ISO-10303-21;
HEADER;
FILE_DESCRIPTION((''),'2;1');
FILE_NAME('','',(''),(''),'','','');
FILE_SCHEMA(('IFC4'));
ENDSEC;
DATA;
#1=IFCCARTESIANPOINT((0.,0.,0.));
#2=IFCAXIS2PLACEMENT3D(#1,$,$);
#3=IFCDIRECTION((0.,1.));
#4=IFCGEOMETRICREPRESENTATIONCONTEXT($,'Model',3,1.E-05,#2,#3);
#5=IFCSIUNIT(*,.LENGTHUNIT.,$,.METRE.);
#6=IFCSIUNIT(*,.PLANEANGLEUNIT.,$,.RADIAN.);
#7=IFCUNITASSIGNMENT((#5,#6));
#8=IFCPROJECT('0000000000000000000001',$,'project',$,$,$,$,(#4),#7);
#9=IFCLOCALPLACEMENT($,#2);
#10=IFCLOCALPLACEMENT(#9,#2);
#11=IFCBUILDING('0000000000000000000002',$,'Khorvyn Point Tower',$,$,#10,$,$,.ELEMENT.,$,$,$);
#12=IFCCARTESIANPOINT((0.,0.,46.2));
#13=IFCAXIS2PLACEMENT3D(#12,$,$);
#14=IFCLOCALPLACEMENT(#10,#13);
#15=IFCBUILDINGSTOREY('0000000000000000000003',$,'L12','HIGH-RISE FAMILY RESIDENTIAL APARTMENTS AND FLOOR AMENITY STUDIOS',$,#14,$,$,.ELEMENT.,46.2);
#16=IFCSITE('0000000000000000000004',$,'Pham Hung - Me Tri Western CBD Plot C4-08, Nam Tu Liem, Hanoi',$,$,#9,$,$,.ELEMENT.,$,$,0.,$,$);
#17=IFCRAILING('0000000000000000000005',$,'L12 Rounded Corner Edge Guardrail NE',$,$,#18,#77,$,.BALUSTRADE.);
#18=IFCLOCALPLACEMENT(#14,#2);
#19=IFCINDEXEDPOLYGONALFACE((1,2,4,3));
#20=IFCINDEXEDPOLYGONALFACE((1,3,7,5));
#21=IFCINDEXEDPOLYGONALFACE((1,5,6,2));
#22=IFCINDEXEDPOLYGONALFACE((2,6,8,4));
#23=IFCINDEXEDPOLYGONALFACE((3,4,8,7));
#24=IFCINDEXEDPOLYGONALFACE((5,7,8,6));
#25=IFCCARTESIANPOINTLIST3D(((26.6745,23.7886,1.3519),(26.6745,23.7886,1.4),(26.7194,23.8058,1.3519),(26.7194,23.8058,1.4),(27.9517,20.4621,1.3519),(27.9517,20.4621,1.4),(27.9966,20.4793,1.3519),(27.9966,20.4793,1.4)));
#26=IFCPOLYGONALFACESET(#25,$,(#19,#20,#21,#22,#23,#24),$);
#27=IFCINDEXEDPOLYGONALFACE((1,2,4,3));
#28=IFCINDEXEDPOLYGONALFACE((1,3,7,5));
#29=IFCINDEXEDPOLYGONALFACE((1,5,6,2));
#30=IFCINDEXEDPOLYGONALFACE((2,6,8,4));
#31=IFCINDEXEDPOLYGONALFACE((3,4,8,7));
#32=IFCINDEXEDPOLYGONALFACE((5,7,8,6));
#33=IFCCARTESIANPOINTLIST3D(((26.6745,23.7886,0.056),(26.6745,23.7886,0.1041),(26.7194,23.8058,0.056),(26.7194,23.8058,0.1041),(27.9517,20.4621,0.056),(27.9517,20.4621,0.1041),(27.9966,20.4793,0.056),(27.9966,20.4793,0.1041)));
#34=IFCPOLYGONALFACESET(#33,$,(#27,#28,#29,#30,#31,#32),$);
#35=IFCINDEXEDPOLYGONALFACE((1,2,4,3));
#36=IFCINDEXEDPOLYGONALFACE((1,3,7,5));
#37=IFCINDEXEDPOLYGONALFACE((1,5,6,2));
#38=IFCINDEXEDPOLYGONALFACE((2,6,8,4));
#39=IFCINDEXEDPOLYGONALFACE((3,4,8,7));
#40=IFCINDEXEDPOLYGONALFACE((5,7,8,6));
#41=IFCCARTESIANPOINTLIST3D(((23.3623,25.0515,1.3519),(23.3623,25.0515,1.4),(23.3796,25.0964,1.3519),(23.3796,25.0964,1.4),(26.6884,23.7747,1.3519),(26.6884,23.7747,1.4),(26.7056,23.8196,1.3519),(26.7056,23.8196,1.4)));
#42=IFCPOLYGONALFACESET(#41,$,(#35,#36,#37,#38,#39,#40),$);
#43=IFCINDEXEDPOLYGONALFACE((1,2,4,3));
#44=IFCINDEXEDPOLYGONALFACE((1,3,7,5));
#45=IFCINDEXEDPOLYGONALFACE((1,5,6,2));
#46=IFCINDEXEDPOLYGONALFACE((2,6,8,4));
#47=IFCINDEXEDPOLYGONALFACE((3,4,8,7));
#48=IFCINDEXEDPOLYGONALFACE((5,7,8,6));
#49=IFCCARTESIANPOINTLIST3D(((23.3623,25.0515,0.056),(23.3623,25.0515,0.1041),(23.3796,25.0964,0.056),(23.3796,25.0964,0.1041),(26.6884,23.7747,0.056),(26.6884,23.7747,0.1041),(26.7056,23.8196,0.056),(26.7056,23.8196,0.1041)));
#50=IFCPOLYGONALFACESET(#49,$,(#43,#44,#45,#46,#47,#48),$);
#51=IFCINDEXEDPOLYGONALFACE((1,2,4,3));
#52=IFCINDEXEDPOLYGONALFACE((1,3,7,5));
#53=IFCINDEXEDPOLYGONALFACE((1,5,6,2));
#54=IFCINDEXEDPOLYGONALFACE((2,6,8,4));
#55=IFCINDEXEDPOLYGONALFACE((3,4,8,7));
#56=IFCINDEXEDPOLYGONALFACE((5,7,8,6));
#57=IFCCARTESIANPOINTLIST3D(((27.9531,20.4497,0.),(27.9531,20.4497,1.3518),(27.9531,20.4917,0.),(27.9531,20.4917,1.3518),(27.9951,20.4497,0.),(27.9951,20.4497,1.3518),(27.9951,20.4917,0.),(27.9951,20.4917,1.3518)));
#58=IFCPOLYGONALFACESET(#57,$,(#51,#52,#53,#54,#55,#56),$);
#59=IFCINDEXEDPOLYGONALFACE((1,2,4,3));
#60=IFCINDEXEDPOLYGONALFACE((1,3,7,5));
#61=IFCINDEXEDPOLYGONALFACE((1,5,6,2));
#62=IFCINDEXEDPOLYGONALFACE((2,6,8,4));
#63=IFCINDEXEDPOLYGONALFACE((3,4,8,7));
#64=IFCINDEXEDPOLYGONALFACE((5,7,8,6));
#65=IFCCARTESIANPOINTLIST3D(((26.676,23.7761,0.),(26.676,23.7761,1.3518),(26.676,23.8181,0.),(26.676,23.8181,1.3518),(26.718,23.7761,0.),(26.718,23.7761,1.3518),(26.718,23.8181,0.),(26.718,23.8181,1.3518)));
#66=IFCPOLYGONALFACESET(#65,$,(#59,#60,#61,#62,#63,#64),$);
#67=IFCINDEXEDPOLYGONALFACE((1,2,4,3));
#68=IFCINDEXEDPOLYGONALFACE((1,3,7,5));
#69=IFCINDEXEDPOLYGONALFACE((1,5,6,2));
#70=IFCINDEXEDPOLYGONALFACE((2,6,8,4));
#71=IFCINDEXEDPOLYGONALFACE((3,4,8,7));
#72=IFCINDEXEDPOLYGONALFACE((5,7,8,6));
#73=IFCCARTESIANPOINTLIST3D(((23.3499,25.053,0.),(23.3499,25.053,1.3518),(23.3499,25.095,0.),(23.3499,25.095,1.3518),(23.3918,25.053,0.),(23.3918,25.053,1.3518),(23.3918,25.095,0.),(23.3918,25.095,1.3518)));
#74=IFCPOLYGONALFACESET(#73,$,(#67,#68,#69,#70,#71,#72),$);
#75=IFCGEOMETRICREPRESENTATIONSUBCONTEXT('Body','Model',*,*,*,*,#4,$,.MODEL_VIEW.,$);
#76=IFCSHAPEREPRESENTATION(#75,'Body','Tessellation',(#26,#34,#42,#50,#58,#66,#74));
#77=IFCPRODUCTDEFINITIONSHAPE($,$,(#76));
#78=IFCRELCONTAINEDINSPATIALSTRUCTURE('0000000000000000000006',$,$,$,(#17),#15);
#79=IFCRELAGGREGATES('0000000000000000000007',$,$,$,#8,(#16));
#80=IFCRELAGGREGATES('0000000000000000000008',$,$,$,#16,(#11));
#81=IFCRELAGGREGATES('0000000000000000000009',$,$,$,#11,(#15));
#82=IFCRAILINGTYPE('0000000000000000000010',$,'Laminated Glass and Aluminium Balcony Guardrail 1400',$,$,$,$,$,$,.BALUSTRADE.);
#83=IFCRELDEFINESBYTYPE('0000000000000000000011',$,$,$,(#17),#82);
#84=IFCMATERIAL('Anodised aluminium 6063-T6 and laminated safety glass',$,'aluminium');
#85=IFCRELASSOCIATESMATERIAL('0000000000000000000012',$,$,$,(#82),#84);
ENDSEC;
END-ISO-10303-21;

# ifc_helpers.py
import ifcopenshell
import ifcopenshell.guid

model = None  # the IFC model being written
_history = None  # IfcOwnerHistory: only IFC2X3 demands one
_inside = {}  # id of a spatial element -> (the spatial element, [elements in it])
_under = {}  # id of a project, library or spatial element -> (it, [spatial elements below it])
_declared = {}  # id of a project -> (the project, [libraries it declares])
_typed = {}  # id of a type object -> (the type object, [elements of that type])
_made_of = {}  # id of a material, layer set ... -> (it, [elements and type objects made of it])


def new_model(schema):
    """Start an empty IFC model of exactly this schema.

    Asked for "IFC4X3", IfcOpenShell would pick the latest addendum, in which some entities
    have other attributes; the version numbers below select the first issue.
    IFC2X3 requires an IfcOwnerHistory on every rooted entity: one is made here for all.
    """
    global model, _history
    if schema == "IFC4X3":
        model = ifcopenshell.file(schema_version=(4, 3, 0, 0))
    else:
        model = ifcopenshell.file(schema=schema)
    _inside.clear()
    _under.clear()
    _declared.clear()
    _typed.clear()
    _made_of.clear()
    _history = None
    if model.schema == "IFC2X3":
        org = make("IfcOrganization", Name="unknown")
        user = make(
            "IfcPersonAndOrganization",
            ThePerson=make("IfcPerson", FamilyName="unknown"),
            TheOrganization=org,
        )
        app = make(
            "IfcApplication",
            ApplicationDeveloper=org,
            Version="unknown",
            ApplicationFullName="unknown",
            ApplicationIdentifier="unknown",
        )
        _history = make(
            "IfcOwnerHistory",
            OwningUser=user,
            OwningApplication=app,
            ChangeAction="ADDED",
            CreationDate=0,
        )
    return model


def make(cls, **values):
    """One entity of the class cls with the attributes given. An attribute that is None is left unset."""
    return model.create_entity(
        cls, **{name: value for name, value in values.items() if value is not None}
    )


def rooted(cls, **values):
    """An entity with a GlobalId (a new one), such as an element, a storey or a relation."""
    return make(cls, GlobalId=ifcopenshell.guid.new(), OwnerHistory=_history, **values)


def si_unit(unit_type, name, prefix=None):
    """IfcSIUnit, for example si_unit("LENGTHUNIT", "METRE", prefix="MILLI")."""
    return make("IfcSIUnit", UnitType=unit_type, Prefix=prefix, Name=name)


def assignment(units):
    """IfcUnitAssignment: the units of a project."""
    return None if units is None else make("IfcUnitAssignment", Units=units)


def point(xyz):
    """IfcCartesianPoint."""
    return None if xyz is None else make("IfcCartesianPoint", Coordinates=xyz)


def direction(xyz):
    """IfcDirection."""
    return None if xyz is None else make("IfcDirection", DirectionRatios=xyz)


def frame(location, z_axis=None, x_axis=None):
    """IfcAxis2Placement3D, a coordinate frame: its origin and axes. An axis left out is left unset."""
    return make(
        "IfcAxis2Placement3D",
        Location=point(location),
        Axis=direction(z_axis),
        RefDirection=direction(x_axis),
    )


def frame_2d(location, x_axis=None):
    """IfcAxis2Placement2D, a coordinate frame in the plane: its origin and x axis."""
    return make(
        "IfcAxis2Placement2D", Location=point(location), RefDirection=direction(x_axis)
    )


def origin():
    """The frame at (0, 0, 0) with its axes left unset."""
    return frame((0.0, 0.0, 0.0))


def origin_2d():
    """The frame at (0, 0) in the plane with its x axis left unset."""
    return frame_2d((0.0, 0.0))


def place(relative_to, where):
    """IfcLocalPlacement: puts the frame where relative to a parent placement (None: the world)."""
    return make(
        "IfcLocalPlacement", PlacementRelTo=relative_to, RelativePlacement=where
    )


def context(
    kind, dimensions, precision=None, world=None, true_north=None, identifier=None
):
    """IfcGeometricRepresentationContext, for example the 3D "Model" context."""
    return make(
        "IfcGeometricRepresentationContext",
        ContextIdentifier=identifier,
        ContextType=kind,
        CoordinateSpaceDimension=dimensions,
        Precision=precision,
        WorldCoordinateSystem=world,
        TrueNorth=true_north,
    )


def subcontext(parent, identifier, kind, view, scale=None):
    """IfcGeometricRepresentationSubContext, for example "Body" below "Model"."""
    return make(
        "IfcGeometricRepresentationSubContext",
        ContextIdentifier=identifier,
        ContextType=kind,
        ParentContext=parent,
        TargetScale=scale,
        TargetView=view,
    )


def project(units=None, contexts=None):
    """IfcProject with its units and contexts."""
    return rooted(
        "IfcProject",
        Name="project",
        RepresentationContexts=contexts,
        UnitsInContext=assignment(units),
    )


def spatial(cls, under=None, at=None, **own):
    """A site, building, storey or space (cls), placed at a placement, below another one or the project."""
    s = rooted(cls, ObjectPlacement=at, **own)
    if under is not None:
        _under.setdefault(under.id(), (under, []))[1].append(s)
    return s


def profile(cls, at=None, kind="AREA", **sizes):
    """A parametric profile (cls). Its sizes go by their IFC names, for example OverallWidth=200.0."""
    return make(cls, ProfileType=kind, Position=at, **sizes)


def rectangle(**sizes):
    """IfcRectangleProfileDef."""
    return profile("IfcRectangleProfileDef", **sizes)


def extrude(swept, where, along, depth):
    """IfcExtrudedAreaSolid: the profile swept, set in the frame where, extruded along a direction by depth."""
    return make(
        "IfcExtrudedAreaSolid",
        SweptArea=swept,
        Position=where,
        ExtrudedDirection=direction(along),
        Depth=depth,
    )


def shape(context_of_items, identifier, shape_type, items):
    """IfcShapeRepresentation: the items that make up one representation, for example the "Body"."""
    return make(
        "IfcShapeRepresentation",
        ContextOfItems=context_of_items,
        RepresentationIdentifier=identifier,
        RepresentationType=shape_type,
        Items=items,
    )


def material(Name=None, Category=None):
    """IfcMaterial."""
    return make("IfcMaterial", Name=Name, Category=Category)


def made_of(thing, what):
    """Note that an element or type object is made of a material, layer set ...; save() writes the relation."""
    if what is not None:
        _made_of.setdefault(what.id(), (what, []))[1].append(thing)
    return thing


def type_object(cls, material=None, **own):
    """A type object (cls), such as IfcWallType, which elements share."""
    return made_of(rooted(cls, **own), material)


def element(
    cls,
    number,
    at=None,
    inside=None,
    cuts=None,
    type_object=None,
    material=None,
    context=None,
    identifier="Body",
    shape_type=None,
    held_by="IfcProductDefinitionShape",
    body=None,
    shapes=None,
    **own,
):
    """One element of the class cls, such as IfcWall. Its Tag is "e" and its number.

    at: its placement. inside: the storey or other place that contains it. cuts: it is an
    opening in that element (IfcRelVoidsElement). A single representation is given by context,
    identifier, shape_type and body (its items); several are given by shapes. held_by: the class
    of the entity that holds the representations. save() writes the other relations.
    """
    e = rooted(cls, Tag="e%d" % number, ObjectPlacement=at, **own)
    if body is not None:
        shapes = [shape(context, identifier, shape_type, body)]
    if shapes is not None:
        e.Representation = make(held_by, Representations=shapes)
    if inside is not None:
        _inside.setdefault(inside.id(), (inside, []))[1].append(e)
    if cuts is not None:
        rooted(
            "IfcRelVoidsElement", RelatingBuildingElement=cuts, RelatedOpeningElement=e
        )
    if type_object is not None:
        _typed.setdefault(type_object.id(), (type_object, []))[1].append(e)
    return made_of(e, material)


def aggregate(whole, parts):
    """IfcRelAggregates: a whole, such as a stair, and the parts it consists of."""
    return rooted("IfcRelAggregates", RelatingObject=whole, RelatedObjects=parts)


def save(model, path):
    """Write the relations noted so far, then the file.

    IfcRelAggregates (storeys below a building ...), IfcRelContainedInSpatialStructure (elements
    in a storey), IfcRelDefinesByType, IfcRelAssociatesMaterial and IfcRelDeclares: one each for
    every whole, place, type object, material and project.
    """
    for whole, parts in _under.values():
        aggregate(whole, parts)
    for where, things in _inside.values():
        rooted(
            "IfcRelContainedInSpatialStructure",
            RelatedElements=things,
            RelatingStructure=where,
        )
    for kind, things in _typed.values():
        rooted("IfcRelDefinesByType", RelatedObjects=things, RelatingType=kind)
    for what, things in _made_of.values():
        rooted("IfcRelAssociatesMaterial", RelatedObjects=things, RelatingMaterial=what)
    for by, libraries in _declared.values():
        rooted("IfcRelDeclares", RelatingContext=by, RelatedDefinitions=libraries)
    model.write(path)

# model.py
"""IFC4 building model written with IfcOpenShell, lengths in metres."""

from ifc_helpers import new_model, si_unit, direction, frame, origin, origin_2d, place, context, subcontext, project, spatial, rectangle, extrude, material, type_object, element, save


model = new_model("IFC4")

# Units and contexts
model_context = context("Model", 3, precision=1e-05, world=origin(), true_north=direction((0.0, 1.0)))
body_context = subcontext(model_context, "Body", "Model", "MODEL_VIEW")
ifc_project = project(units=[si_unit("LENGTHUNIT", "METRE"), si_unit("PLANEANGLEUNIT", "RADIAN")], contexts=[model_context])

# Site, building, storey
site_placement = place(None, origin())
site = spatial("IfcSite", under=ifc_project, at=site_placement, Name="Pham Hung - Me Tri Western CBD Plot C4-08, Nam Tu Liem, Hanoi", CompositionType="ELEMENT", RefElevation=0.0)
building_placement = place(site_placement, origin())
building = spatial("IfcBuilding", under=site, at=building_placement, Name="Khorvyn Point Tower", CompositionType="ELEMENT")
storey_placement = place(building_placement, frame((0.0, 0.0, 46.2)))
storey = spatial("IfcBuildingStorey", under=building, at=storey_placement, Name="L12", Description="HIGH-RISE FAMILY RESIDENTIAL APARTMENTS AND FLOOR AMENITY STUDIOS", CompositionType="ELEMENT", Elevation=46.2)

# Railing
ifc_material_1 = material(Name="Anodised aluminium 6063-T6 and laminated safety glass", Category="aluminium")
railing_type = type_object("IfcRailingType", Name="Laminated Glass and Aluminium Balcony Guardrail 1400", PredefinedType="BALUSTRADE", material=ifc_material_1)
railing_placement = place(storey_placement, frame((27.9741, 20.4707, 0.0)))
element("IfcRailing", 1, at=railing_placement, inside=storey, type_object=railing_type, Name="L12 Rounded Corner Edge Guardrail NE", PredefinedType="BALUSTRADE", context=body_context, shape_type="SweptSolid", body=[
    extrude(rectangle(XDim=0.0481, YDim=0.0481, at=origin_2d()), frame((0.0, 0.0, 1.376), z_axis=(-0.358419, 0.933561, 0.0), x_axis=(-0.933561, -0.358419, 0.0)), (0.0, 0.0, 1.0), 3.5632),
    extrude(rectangle(XDim=0.0481, YDim=0.0481, at=origin_2d()), frame((0.0, 0.0, 0.0801), z_axis=(-0.358419, 0.933561, 0.0), x_axis=(-0.933561, -0.358419, 0.0)), (0.0, 0.0, 1.0), 3.5632),
    extrude(rectangle(XDim=0.0481, YDim=0.0481, at=origin_2d()), frame((-1.2771, 3.3264, 1.376), z_axis=(-0.933575, 0.358382, 0.0), x_axis=(-0.358382, -0.933575, 0.0)), (0.0, 0.0, 1.0), 3.5627),
    extrude(rectangle(XDim=0.0481, YDim=0.0481, at=origin_2d()), frame((-1.2771, 3.3264, 0.0801), z_axis=(-0.933575, 0.358382, 0.0), x_axis=(-0.358382, -0.933575, 0.0)), (0.0, 0.0, 1.0), 3.5627),
    extrude(rectangle(XDim=0.042, YDim=0.042, at=origin_2d()), origin(), (0.0, 0.0, 1.0), 1.3518),
    extrude(rectangle(XDim=0.042, YDim=0.042, at=origin_2d()), frame((-1.2771, 3.3264, 0.0)), (0.0, 0.0, 1.0), 1.3518),
    extrude(rectangle(XDim=0.042, YDim=0.042, at=origin_2d()), frame((-4.6033, 4.6033, 0.0)), (0.0, 0.0, 1.0), 1.3518),
])

save(model, "model.ifc")
